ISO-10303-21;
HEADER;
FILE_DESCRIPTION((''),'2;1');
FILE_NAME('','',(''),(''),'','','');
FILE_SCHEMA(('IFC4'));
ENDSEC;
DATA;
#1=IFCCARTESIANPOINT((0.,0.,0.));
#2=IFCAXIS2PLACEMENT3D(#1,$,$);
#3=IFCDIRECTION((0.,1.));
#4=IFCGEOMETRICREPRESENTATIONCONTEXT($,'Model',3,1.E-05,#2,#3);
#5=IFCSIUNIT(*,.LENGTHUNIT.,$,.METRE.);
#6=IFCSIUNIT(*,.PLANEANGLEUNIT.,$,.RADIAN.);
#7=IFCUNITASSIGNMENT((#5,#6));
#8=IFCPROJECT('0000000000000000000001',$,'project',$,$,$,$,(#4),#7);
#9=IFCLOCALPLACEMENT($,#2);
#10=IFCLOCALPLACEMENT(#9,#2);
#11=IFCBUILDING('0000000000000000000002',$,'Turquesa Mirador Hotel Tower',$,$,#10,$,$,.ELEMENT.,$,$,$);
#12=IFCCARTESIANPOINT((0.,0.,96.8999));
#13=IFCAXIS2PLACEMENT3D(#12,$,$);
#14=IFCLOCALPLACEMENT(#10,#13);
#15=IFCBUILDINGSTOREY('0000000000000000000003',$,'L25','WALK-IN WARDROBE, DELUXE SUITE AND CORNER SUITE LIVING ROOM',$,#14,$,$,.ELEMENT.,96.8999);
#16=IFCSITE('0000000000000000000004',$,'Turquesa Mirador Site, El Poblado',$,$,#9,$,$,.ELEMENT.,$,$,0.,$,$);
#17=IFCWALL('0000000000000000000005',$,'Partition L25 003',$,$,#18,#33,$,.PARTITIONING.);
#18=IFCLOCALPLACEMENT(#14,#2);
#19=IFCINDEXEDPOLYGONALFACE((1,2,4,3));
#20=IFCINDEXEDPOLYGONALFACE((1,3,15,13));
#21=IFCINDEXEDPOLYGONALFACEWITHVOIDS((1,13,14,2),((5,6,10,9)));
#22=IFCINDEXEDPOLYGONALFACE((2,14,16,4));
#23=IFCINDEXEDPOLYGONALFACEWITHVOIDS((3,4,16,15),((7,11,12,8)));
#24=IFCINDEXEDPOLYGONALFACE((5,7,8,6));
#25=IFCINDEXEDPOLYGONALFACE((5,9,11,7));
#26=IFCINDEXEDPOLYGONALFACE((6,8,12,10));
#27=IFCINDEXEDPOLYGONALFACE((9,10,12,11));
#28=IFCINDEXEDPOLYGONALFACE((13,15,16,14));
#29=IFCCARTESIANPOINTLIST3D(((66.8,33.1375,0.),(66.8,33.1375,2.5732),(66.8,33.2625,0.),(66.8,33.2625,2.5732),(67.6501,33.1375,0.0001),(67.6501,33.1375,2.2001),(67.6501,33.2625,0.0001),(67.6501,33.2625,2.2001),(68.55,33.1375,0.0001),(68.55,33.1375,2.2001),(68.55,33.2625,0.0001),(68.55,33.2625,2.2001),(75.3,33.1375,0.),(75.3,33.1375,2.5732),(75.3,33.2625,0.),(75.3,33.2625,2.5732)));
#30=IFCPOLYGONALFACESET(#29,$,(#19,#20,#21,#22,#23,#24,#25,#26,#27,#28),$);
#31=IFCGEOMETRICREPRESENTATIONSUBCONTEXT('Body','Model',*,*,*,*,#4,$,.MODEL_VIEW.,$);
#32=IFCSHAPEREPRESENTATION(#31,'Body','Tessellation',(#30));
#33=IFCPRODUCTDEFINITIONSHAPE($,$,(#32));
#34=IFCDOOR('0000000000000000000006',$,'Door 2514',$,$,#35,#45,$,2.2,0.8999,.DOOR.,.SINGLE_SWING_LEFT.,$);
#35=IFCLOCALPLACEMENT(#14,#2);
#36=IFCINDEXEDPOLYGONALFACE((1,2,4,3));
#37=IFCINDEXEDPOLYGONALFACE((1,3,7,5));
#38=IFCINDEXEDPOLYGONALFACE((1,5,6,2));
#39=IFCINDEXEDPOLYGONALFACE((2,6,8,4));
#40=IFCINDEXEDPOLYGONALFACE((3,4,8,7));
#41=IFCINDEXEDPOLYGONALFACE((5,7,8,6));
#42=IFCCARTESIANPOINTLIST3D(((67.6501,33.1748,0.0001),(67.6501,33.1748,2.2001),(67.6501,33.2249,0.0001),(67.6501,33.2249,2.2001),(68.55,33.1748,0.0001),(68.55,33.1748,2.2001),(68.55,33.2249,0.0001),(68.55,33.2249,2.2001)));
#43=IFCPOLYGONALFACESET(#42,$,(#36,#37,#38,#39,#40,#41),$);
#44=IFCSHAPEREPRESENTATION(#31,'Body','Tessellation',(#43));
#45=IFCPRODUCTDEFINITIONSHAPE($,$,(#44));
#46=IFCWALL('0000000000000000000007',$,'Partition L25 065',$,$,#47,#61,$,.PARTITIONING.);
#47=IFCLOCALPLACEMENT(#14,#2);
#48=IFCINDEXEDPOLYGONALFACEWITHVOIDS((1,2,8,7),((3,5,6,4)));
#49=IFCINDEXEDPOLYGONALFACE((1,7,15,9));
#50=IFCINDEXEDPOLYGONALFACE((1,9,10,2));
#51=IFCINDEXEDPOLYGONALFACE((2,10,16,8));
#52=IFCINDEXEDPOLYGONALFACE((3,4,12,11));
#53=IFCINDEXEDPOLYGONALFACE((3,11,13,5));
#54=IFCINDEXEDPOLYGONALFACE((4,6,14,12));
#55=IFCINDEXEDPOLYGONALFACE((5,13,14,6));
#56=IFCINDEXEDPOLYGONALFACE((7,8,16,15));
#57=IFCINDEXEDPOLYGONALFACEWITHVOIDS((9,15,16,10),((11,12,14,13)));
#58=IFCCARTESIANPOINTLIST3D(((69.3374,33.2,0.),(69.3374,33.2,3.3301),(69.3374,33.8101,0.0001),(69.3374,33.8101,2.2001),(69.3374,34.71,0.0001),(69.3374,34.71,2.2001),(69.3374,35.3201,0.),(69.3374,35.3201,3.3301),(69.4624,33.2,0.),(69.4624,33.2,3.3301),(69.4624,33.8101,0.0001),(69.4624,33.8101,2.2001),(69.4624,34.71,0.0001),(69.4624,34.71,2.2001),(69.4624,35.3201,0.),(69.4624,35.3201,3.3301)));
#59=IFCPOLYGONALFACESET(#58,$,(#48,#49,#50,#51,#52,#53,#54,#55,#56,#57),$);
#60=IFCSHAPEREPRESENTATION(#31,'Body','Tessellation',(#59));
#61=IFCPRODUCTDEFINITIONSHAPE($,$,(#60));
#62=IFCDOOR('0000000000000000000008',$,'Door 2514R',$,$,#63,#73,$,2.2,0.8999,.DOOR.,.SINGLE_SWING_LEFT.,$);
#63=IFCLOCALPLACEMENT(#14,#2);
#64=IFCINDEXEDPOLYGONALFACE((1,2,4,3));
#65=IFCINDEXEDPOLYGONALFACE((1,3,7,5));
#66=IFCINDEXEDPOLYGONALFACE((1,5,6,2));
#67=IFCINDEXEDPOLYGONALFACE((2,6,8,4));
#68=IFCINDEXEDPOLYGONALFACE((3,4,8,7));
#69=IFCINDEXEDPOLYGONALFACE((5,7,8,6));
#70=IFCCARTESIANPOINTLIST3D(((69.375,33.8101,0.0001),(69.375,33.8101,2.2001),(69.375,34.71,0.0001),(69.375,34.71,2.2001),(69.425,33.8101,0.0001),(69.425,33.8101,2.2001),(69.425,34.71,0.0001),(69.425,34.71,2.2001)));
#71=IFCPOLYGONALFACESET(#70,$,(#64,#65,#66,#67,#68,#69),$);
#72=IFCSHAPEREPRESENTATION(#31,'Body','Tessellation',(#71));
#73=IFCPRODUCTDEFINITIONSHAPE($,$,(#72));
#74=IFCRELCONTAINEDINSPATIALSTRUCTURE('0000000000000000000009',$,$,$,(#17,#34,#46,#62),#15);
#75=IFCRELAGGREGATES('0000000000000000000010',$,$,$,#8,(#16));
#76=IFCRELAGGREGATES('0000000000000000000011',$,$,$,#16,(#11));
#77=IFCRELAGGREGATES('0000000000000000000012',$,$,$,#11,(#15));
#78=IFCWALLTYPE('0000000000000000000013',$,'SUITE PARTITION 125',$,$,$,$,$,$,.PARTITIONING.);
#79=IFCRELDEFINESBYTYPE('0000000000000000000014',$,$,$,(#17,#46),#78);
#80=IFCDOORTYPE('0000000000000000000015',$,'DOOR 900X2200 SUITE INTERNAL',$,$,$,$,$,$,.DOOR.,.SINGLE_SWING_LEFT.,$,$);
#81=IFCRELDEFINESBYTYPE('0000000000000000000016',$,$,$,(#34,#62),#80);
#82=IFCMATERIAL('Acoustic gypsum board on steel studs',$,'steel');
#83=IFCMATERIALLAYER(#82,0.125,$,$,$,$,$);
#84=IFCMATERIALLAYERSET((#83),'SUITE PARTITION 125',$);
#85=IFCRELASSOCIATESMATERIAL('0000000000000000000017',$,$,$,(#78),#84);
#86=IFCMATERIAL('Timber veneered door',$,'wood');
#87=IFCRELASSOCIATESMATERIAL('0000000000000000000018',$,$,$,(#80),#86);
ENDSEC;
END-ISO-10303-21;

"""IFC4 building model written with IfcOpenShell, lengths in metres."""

from ifc_helpers import new_model, si_unit, direction, frame, frame_2d, origin, place, context, subcontext, project, spatial, rectangle, extrude, material, layer, layer_set, type_object, element, fill, save


model = new_model("IFC4")

# Units and contexts
model_context = context("Model", 3, precision=1e-05, world=origin(), true_north=direction((0.0, 1.0)))
body_context = subcontext(model_context, "Body", "Model", "MODEL_VIEW")
ifc_project = project(units=[si_unit("LENGTHUNIT", "METRE"), si_unit("PLANEANGLEUNIT", "RADIAN")], contexts=[model_context])

# Site, building, storey
site_placement = place(None, origin())
site = spatial("IfcSite", under=ifc_project, at=site_placement, Name="Turquesa Mirador Site, El Poblado", CompositionType="ELEMENT", RefElevation=0.0)
building_placement = place(site_placement, origin())
building = spatial("IfcBuilding", under=site, at=building_placement, Name="Turquesa Mirador Hotel Tower", CompositionType="ELEMENT")
storey_placement = place(building_placement, frame((0.0, 0.0, 96.8999)))
storey = spatial("IfcBuildingStorey", under=building, at=storey_placement, Name="L25", Description="WALK-IN WARDROBE, DELUXE SUITE AND CORNER SUITE LIVING ROOM", CompositionType="ELEMENT", Elevation=96.8999)

# Walls, openings, doors
ifc_material_1 = material(Name="Acoustic gypsum board on steel studs", Category="steel")
ifc_layer_1 = layer(ifc_material_1, 0.125)
ifc_layer_set_1 = layer_set([ifc_layer_1], Name="SUITE PARTITION 125")
wall_type_1 = type_object("IfcWallType", Name="SUITE PARTITION 125", PredefinedType="PARTITIONING", material=ifc_layer_set_1)
wall_1_placement = place(storey_placement, frame((66.8, 33.2, 0.0), z_axis=(0.0, 0.0, 1.0), x_axis=(1.0, 0.0, 0.0)))
wall_1 = element("IfcWall", 1, at=wall_1_placement, inside=storey, type_object=wall_type_1, Name="Partition L25 003", PredefinedType="PARTITIONING", context=body_context, shape_type="SweptSolid", body=[
    extrude(rectangle(XDim=8.5, YDim=0.125, at=frame_2d((4.25, 0.0))), origin(), (0.0, 0.0, 1.0), 2.5732),
])
opening_1_placement = place(wall_1_placement, frame((0.8501, 0.0, 0.0)))
opening_1 = element("IfcOpeningElement", 2, at=opening_1_placement, cuts=wall_1, PredefinedType="OPENING", context=body_context, shape_type="SweptSolid", body=[
    extrude(rectangle(XDim=0.8999, YDim=2.2, at=frame_2d((0.45, 1.1001))), frame((0.0, 0.0725, 0.0), z_axis=(0.0, -1.0, 0.0), x_axis=(1.0, 0.0, 0.0)), (0.0, 0.0, 1.0), 0.145),
])
ifc_material_2 = material(Name="Timber veneered door", Category="wood")
door_type = type_object("IfcDoorType", Name="DOOR 900X2200 SUITE INTERNAL", OperationType="SINGLE_SWING_LEFT", PredefinedType="DOOR", material=ifc_material_2)
door_1_placement = place(opening_1_placement, origin())
door_1 = element("IfcDoor", 3, at=door_1_placement, inside=storey, type_object=door_type, Name="Door 2514", OperationType="SINGLE_SWING_LEFT", OverallHeight=2.2, OverallWidth=0.8999, PredefinedType="DOOR", context=body_context, shape_type="SweptSolid", body=[
    extrude(rectangle(XDim=0.8999, YDim=2.2, at=frame_2d((0.45, 1.1001))), frame((0.0, 0.0249, 0.0), z_axis=(0.0, -1.0, 0.0), x_axis=(1.0, 0.0, 0.0)), (0.0, 0.0, 1.0), 0.05),
])
fill(opening_1, door_1)
wall_2_placement = place(storey_placement, frame((69.3999, 33.2, 0.0), z_axis=(0.0, 0.0, 1.0), x_axis=(0.0, 1.0, 0.0)))
wall_2 = element("IfcWall", 4, at=wall_2_placement, inside=storey, type_object=wall_type_1, Name="Partition L25 065", PredefinedType="PARTITIONING", context=body_context, shape_type="SweptSolid", body=[
    extrude(rectangle(XDim=2.1201, YDim=0.125, at=frame_2d((1.0601, 0.0))), origin(), (0.0, 0.0, 1.0), 3.3301),
])
opening_2_placement = place(wall_2_placement, frame((0.6101, 0.0, 0.0)))
opening_2 = element("IfcOpeningElement", 5, at=opening_2_placement, cuts=wall_2, PredefinedType="OPENING", context=body_context, shape_type="SweptSolid", body=[
    extrude(rectangle(XDim=0.8999, YDim=2.2, at=frame_2d((0.45, 1.1001))), frame((0.0, 0.0725, 0.0), z_axis=(0.0, -1.0, 0.0), x_axis=(1.0, 0.0, 0.0)), (0.0, 0.0, 1.0), 0.145),
])
door_2_placement = place(opening_2_placement, origin())
door_2 = element("IfcDoor", 6, at=door_2_placement, inside=storey, type_object=door_type, Name="Door 2514R", OperationType="SINGLE_SWING_LEFT", OverallHeight=2.2, OverallWidth=0.8999, PredefinedType="DOOR", context=body_context, shape_type="SweptSolid", body=[
    extrude(rectangle(XDim=0.8999, YDim=2.2, at=frame_2d((0.45, 1.1001))), frame((0.0, 0.0249, 0.0), z_axis=(0.0, -1.0, 0.0), x_axis=(1.0, 0.0, 0.0)), (0.0, 0.0, 1.0), 0.05),
])
fill(opening_2, door_2)

save(model, "model.ifc")
